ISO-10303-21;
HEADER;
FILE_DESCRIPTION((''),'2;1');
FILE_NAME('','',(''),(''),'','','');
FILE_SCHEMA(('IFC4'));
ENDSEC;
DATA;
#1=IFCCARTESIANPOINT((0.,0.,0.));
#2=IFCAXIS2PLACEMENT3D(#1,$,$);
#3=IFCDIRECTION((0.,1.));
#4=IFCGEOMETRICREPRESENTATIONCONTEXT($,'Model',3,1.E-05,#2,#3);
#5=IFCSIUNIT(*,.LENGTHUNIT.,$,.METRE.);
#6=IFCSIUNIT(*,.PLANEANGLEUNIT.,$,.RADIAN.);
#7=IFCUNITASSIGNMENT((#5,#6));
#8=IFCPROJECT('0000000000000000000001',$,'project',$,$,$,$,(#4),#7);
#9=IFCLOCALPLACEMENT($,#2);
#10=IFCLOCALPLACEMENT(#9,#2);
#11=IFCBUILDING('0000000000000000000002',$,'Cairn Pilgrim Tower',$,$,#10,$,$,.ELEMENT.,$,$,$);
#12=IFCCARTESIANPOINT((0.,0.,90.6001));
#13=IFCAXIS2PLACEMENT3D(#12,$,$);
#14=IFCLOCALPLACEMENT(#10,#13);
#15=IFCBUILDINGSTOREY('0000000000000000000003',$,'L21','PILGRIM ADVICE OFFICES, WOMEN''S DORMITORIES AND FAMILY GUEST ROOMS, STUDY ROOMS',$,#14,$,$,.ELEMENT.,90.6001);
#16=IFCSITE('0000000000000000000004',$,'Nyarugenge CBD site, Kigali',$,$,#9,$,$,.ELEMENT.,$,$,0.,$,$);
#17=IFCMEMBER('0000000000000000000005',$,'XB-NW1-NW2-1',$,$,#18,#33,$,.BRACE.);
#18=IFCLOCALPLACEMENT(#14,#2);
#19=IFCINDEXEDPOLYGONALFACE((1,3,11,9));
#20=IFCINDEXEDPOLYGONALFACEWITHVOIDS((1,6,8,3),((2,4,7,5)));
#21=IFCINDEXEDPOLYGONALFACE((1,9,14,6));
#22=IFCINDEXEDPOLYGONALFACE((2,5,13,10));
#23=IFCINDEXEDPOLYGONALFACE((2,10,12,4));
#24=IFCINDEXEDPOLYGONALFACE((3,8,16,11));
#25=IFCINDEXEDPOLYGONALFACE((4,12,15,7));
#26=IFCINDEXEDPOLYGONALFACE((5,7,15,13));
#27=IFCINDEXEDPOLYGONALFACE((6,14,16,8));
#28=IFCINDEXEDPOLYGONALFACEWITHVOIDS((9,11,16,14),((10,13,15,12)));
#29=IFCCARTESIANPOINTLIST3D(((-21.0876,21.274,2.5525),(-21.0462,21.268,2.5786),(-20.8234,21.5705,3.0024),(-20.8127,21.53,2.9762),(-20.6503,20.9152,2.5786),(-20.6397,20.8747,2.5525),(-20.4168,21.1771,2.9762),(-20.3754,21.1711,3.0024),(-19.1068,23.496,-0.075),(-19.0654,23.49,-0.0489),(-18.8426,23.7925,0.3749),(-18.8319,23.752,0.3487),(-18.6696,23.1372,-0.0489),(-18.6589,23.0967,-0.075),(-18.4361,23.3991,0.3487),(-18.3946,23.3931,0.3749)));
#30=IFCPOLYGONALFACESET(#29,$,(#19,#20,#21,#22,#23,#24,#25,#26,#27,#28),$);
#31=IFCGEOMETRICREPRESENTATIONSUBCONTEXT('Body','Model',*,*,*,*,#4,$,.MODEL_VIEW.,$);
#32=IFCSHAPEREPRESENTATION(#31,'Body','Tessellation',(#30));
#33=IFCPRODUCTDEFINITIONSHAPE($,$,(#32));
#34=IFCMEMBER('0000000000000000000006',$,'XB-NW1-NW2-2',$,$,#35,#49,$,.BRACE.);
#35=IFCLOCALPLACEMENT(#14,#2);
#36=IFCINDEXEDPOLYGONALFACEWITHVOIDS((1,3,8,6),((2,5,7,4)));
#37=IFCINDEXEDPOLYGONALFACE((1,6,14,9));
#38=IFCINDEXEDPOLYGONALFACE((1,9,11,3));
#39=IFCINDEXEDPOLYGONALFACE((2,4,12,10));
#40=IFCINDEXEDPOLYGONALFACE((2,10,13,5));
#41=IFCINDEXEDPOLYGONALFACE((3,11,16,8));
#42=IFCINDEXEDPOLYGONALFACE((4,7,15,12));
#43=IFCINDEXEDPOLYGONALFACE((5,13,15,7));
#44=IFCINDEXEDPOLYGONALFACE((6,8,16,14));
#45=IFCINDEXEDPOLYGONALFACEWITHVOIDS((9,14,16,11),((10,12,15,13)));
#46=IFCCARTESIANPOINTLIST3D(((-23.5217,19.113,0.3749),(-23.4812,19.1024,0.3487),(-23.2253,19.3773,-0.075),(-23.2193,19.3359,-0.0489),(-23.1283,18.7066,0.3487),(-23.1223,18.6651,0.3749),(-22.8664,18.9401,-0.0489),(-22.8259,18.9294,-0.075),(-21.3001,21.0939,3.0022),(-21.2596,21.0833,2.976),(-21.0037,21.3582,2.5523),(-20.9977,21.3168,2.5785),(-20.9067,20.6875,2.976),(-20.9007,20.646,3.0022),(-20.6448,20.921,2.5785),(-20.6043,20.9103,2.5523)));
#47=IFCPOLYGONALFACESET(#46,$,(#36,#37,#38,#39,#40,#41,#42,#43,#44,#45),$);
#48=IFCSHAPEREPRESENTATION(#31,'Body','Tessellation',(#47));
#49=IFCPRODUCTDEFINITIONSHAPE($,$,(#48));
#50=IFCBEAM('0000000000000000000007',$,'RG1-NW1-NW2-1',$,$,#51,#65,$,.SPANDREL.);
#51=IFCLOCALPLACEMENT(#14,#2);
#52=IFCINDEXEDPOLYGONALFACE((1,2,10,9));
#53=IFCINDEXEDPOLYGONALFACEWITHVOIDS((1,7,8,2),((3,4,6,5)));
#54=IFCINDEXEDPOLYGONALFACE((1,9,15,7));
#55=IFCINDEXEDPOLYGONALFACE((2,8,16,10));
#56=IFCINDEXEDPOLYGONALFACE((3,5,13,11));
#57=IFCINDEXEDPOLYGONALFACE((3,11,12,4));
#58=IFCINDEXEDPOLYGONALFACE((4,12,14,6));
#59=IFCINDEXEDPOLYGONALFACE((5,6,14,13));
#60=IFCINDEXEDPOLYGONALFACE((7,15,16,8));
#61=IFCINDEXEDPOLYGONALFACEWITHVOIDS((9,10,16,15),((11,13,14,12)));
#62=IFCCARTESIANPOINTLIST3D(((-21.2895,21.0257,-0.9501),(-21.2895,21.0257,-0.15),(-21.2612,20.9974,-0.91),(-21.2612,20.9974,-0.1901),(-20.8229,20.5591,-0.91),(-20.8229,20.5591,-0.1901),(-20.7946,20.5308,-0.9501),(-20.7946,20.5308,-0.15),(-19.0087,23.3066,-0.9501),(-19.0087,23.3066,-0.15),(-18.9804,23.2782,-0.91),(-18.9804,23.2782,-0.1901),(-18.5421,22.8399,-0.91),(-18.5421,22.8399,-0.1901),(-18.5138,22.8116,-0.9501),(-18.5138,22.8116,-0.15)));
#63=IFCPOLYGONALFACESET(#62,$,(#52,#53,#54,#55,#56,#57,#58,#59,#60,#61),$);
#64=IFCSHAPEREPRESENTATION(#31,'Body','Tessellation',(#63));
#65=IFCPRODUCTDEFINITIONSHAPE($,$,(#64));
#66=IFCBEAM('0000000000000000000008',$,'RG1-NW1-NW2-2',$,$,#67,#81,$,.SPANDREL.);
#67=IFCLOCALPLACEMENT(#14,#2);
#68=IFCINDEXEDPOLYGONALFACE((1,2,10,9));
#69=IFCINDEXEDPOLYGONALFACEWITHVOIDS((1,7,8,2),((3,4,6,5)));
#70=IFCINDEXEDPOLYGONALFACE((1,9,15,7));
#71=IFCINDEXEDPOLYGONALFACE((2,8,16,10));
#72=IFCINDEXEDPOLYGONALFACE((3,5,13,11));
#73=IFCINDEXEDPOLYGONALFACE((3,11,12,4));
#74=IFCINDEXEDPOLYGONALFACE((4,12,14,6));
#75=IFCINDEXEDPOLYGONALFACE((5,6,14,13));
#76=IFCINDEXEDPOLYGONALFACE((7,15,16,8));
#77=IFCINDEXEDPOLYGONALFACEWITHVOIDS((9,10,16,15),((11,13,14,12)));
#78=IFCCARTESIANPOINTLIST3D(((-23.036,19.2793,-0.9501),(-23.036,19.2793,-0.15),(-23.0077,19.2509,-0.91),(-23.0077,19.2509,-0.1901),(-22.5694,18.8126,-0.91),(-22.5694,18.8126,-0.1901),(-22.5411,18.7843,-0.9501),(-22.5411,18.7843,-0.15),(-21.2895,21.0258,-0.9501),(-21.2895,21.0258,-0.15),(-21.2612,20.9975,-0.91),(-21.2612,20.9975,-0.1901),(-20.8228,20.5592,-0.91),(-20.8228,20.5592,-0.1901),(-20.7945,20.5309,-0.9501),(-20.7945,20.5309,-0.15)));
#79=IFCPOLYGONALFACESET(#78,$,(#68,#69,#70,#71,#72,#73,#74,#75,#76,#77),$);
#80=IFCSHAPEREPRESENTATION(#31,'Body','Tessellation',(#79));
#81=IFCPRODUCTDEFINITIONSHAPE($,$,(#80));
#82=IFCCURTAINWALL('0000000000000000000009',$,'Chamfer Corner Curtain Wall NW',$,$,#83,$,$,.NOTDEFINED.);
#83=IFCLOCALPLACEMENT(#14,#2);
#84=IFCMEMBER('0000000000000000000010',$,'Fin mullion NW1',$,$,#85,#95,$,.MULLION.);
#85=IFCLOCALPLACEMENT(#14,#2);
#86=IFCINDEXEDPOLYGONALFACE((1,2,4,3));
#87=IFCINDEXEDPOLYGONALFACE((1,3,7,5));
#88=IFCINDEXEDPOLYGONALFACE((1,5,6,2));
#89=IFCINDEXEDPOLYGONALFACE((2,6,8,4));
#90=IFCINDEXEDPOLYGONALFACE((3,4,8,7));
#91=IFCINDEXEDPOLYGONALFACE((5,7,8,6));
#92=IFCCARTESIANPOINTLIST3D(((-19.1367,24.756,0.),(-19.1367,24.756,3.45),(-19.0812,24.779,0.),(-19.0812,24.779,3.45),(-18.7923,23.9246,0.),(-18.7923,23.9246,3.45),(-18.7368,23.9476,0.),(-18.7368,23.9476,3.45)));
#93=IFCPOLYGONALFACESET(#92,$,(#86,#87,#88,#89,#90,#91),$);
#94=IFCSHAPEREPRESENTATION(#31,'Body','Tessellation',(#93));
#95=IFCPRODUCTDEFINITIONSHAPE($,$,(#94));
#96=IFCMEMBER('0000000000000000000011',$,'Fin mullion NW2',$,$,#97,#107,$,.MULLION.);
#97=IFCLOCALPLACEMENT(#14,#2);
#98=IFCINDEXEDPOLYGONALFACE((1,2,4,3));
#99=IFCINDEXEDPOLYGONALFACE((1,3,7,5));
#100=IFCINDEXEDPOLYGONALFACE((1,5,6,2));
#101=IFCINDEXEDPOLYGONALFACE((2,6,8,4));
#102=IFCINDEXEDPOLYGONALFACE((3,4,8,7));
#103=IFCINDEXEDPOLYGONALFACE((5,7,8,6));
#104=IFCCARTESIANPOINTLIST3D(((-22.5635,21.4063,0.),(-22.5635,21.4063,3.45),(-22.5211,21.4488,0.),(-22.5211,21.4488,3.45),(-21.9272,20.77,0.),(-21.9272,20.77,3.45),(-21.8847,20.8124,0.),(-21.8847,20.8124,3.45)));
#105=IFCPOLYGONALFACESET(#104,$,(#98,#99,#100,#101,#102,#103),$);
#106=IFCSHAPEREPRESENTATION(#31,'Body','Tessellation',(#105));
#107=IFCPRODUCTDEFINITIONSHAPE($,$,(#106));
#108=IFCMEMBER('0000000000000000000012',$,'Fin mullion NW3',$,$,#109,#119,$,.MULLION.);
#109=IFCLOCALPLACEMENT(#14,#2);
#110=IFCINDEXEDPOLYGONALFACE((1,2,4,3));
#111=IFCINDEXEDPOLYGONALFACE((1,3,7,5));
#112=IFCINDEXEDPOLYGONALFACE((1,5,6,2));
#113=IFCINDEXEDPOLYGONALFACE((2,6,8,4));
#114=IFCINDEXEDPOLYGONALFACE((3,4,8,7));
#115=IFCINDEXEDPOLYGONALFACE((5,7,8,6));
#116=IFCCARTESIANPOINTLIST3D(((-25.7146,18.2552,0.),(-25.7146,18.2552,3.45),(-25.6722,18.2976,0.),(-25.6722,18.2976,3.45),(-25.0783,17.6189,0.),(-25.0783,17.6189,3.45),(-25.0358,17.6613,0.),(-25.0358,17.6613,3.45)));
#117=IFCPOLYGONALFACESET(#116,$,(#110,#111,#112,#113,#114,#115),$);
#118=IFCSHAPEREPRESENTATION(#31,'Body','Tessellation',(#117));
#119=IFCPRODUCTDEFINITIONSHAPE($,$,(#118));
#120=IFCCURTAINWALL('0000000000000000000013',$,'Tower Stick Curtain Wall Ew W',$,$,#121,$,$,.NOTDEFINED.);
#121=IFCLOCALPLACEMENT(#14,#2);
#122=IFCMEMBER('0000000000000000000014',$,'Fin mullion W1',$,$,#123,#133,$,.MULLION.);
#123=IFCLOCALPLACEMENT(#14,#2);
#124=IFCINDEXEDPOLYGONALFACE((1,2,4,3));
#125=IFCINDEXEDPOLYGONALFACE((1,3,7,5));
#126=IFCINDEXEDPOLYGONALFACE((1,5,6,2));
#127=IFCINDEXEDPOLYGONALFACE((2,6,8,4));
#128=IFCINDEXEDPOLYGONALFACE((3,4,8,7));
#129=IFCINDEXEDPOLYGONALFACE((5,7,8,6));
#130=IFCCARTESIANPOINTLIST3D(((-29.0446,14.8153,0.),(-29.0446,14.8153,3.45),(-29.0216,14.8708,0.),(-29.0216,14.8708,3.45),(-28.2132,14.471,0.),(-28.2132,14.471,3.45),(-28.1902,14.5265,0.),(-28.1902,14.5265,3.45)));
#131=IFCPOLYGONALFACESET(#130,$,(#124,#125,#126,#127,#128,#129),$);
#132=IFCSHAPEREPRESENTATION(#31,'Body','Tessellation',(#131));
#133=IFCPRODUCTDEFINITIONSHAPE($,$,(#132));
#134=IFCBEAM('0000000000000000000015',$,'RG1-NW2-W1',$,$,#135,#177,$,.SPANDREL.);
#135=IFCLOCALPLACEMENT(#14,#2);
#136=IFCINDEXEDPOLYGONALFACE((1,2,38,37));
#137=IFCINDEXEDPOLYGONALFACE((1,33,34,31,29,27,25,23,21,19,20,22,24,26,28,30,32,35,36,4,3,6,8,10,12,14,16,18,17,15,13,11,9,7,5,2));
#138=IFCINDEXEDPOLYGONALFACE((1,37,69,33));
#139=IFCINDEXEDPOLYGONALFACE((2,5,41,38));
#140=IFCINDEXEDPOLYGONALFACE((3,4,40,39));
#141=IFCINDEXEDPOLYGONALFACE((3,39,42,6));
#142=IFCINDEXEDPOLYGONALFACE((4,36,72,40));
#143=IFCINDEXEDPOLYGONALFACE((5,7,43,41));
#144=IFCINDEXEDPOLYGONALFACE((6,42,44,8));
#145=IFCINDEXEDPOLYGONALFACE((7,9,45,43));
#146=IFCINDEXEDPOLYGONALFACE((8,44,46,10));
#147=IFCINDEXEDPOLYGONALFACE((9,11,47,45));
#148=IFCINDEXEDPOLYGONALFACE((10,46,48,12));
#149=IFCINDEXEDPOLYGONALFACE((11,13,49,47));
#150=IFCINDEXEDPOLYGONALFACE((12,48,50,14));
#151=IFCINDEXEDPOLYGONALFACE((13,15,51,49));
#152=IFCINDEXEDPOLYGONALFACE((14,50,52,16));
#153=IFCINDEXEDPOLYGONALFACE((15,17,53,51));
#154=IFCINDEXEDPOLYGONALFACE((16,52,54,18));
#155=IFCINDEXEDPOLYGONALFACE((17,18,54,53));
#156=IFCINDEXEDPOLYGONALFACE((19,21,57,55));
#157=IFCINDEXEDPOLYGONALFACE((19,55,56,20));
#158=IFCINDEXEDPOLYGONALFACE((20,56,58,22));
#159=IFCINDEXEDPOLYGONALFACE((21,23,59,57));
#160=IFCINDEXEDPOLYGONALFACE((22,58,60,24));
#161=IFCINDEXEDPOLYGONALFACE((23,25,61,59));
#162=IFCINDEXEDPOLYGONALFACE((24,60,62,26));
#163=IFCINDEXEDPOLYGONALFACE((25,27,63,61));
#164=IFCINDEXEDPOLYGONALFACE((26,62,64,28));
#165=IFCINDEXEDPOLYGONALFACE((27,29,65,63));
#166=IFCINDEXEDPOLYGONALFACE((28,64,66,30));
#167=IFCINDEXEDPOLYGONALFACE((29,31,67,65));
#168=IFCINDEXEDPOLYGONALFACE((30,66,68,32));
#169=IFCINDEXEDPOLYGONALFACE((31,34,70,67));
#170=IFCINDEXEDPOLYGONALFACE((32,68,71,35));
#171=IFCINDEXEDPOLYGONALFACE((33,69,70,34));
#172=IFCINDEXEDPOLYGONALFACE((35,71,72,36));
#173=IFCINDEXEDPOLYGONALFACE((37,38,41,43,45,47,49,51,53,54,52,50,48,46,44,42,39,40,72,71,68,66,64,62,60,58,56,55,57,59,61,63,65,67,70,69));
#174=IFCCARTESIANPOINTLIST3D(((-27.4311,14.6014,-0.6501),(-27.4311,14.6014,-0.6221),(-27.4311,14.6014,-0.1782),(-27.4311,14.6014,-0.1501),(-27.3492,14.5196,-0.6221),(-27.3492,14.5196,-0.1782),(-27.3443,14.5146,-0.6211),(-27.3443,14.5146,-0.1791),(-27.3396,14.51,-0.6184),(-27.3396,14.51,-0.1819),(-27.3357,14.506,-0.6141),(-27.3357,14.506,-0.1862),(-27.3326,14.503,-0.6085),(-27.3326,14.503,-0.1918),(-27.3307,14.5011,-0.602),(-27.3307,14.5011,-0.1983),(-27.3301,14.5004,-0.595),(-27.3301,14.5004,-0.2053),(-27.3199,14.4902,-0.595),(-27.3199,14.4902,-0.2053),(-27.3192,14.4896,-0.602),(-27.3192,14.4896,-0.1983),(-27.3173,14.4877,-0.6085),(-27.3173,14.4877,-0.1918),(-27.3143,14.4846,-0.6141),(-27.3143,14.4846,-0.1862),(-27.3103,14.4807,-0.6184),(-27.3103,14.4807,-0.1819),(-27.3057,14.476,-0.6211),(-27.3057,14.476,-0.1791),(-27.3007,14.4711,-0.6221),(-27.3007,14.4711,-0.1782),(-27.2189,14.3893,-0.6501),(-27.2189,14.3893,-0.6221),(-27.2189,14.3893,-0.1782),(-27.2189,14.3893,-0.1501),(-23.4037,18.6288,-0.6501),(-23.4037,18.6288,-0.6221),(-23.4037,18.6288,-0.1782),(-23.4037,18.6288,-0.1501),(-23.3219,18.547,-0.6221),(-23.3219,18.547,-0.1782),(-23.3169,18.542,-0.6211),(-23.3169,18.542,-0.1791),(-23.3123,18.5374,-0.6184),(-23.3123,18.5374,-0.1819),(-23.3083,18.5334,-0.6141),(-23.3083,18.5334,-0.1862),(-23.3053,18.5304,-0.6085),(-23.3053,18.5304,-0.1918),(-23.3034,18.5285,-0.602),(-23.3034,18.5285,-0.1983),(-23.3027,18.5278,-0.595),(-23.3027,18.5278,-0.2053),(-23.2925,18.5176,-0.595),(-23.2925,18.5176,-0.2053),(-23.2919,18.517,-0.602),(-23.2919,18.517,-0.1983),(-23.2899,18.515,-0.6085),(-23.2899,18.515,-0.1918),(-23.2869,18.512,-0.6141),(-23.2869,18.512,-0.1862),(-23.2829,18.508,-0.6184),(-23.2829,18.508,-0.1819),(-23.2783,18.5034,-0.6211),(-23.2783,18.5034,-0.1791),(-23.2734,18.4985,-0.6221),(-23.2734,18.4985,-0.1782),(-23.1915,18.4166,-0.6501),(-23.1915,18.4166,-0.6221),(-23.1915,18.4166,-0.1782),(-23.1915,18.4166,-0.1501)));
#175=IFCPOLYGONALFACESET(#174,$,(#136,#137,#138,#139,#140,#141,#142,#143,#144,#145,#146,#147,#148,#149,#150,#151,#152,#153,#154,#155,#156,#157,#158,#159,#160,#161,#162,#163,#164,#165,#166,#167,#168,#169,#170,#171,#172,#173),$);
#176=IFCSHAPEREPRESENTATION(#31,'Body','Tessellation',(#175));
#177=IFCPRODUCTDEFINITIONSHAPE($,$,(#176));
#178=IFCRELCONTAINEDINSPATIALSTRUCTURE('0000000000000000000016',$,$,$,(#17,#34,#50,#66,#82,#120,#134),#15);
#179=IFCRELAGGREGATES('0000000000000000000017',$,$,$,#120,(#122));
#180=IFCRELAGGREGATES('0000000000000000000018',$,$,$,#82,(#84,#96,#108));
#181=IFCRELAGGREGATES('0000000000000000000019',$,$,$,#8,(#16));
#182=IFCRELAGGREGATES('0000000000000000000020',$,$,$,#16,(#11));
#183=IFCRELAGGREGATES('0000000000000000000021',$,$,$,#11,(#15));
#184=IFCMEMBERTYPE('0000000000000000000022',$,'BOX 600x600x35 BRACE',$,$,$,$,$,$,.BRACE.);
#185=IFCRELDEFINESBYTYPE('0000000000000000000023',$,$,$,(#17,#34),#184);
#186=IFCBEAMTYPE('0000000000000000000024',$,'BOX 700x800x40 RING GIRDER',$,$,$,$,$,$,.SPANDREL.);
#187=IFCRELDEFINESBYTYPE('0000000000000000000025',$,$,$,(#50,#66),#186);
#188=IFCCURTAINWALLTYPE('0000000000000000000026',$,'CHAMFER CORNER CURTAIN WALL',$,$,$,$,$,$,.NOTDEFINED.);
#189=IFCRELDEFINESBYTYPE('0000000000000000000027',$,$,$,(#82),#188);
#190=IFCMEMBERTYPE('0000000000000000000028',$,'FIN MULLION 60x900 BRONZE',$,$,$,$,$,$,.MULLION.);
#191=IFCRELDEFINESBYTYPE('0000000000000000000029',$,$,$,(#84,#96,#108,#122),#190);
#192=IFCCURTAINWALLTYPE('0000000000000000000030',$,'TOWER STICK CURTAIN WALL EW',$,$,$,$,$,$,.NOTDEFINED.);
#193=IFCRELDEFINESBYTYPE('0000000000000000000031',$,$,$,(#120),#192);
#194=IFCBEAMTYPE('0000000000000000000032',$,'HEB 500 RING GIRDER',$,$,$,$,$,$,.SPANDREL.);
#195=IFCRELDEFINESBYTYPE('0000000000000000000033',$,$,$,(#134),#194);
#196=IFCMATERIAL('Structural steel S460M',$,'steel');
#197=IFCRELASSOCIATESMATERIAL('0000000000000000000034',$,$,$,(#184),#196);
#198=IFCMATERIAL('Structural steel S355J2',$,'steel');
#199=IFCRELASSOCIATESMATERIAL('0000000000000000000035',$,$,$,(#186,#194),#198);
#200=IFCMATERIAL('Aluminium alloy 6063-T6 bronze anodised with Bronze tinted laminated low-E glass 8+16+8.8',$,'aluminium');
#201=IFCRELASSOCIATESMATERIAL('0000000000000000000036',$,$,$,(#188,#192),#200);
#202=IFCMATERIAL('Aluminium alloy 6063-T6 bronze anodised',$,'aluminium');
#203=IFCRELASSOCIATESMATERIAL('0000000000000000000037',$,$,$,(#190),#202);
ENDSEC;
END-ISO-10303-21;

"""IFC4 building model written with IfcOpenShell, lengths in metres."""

from ifc_helpers import new_model, si_unit, direction, frame, origin, origin_2d, place, context, subcontext, project, spatial, rectangle, hollow_rectangle, i_section, extrude, material, material_profile, profile_set, type_object, element, aggregate, save


model = new_model("IFC4")

# Units and contexts
model_context = context("Model", 3, precision=1e-05, world=origin(), true_north=direction((0.0, 1.0)))
body_context = subcontext(model_context, "Body", "Model", "MODEL_VIEW")
ifc_project = project(units=[si_unit("LENGTHUNIT", "METRE"), si_unit("PLANEANGLEUNIT", "RADIAN")], contexts=[model_context])

# Site, building, storey
site_placement = place(None, origin())
site = spatial("IfcSite", under=ifc_project, at=site_placement, Name="Nyarugenge CBD site, Kigali", CompositionType="ELEMENT", RefElevation=0.0)
building_placement = place(site_placement, origin())
building = spatial("IfcBuilding", under=site, at=building_placement, Name="Cairn Pilgrim Tower", CompositionType="ELEMENT")
storey_placement = place(building_placement, frame((0.0, 0.0, 90.6001)))
storey = spatial("IfcBuildingStorey", under=building, at=storey_placement, Name="L21", Description="PILGRIM ADVICE OFFICES, WOMEN'S DORMITORIES AND FAMILY GUEST ROOMS, STUDY ROOMS", CompositionType="ELEMENT", Elevation=90.6001)

# Shared definitions
ifc_material_1 = material(Name="Structural steel S460M", Category="steel")

# Members
ifc_material_profile_1 = material_profile(ifc_material_1, hollow_rectangle(XDim=0.6001, YDim=0.6001, WallThickness=0.0349, at=origin_2d()), Name="BOX 600x600x35")
ifc_profile_set_1 = profile_set([ifc_material_profile_1], Name="Structural steel S460M")
member_type_1 = type_object("IfcMemberType", Name="BOX 600x600x35 BRACE", PredefinedType="BRACE", material=ifc_profile_set_1)
member_1_placement = place(storey_placement, frame((-18.7507, 23.4446, 0.1499), z_axis=(-0.498877, -0.55963, 0.661767), x_axis=(0.746463, -0.665427, 0.0)))
element("IfcMember", 1, at=member_1_placement, inside=storey, type_object=member_type_1, Name="XB-NW1-NW2-1", PredefinedType="BRACE", context=body_context, shape_type="SweptSolid", body=[
    extrude(hollow_rectangle(XDim=0.6001, YDim=0.6001, WallThickness=0.0349, at=origin_2d()), origin(), (0.0, 0.0, 1.0), 3.9705),
])
member_2_placement = place(storey_placement, frame((-23.1738, 19.0212, 0.1499), z_axis=(0.559571, 0.49894, 0.661769), x_axis=(-0.665514, 0.746386, 0.0)))
element("IfcMember", 2, at=member_2_placement, inside=storey, type_object=member_type_1, Name="XB-NW1-NW2-2", PredefinedType="BRACE", context=body_context, shape_type="SweptSolid", body=[
    extrude(hollow_rectangle(XDim=0.6001, YDim=0.6001, WallThickness=0.0349, at=origin_2d()), origin(), (0.0, 0.0, 1.0), 3.9702),
])

# Beams
ifc_material_2 = material(Name="Structural steel S355J2", Category="steel")
ifc_material_profile_2 = material_profile(ifc_material_2, hollow_rectangle(XDim=0.7, YDim=0.8, WallThickness=0.04, at=origin_2d()), Name="BOX 700x800x40")
ifc_profile_set_2 = profile_set([ifc_material_profile_2], Name="Structural steel S355J2")
beam_type_1 = type_object("IfcBeamType", Name="BOX 700x800x40 RING GIRDER", PredefinedType="SPANDREL", material=ifc_profile_set_2)
beam_1_placement = place(storey_placement, frame((-18.7612, 23.0591, -0.55), z_axis=(-0.707107, -0.707107, 0.0), x_axis=(0.707107, -0.707107, 0.0)))
element("IfcBeam", 3, at=beam_1_placement, inside=storey, type_object=beam_type_1, Name="RG1-NW1-NW2-1", PredefinedType="SPANDREL", context=body_context, shape_type="SweptSolid", body=[
    extrude(hollow_rectangle(XDim=0.7, YDim=0.8, WallThickness=0.04, at=origin_2d()), origin(), (0.0, 0.0, 1.0), 3.2256),
])
beam_2_placement = place(storey_placement, frame((-21.042, 20.7783, -0.55), z_axis=(-0.707107, -0.707107, 0.0), x_axis=(0.707107, -0.707107, 0.0)))
element("IfcBeam", 4, at=beam_2_placement, inside=storey, type_object=beam_type_1, Name="RG1-NW1-NW2-2", PredefinedType="SPANDREL", context=body_context, shape_type="SweptSolid", body=[
    extrude(hollow_rectangle(XDim=0.7, YDim=0.8, WallThickness=0.04, at=origin_2d()), origin(), (0.0, 0.0, 1.0), 2.47),
])

# Curtain wall, members
ifc_material_3 = material(Name="Aluminium alloy 6063-T6 bronze anodised with Bronze tinted laminated low-E glass 8+16+8.8", Category="aluminium")
curtain_wall_type_1 = type_object("IfcCurtainWallType", Name="CHAMFER CORNER CURTAIN WALL", PredefinedType="NOTDEFINED", material=ifc_material_3)
curtain_wall_1_placement = place(storey_placement, origin())
curtain_wall_1 = element("IfcCurtainWall", 5, at=curtain_wall_1_placement, inside=storey, type_object=curtain_wall_type_1, Name="Chamfer Corner Curtain Wall NW", PredefinedType="NOTDEFINED")
ifc_material_4 = material(Name="Aluminium alloy 6063-T6 bronze anodised", Category="aluminium")
ifc_material_profile_3 = material_profile(ifc_material_4, rectangle(XDim=0.8999, YDim=0.0601, at=origin_2d()), Name="FIN MULLION 60x900 BRONZE")
ifc_profile_set_3 = profile_set([ifc_material_profile_3], Name="Aluminium alloy 6063-T6 bronze anodised")
member_type_2 = type_object("IfcMemberType", Name="FIN MULLION 60x900 BRONZE", PredefinedType="MULLION", material=ifc_profile_set_3)
member_3_placement = place(storey_placement, frame((-18.9368, 24.3518, 0.0), z_axis=(0.0, 0.0, 1.0), x_axis=(-0.382683, 0.92388, 0.0)))
member_3 = element("IfcMember", 6, at=member_3_placement, type_object=member_type_2, Name="Fin mullion NW1", PredefinedType="MULLION", context=body_context, shape_type="SweptSolid", body=[
    extrude(rectangle(XDim=0.8999, YDim=0.0601, at=origin_2d()), origin(), (0.0, 0.0, 1.0), 3.45),
])
member_4_placement = place(storey_placement, frame((-22.2241, 21.1094, 0.0), z_axis=(0.0, 0.0, 1.0), x_axis=(-0.707107, 0.707107, 0.0)))
member_4 = element("IfcMember", 7, at=member_4_placement, type_object=member_type_2, Name="Fin mullion NW2", PredefinedType="MULLION", context=body_context, shape_type="SweptSolid", body=[
    extrude(rectangle(XDim=0.8999, YDim=0.0601, at=origin_2d()), origin(), (0.0, 0.0, 1.0), 3.45),
])
member_5_placement = place(storey_placement, frame((-25.3752, 17.9583, 0.0), z_axis=(0.0, 0.0, 1.0), x_axis=(-0.707107, 0.707107, 0.0)))
member_5 = element("IfcMember", 8, at=member_5_placement, type_object=member_type_2, Name="Fin mullion NW3", PredefinedType="MULLION", context=body_context, shape_type="SweptSolid", body=[
    extrude(rectangle(XDim=0.8999, YDim=0.0601, at=origin_2d()), origin(), (0.0, 0.0, 1.0), 3.45),
])

# Curtain wall, member
curtain_wall_type_2 = type_object("IfcCurtainWallType", Name="TOWER STICK CURTAIN WALL EW", PredefinedType="NOTDEFINED", material=ifc_material_3)
curtain_wall_2_placement = place(storey_placement, origin())
curtain_wall_2 = element("IfcCurtainWall", 9, at=curtain_wall_2_placement, inside=storey, type_object=curtain_wall_type_2, Name="Tower Stick Curtain Wall Ew W", PredefinedType="NOTDEFINED")
member_6_placement = place(storey_placement, frame((-28.6174, 14.6709, 0.0), z_axis=(0.0, 0.0, 1.0), x_axis=(-0.92388, 0.382683, 0.0)))
member_6 = element("IfcMember", 10, at=member_6_placement, type_object=member_type_2, Name="Fin mullion W1", PredefinedType="MULLION", context=body_context, shape_type="SweptSolid", body=[
    extrude(rectangle(XDim=0.8999, YDim=0.0601, at=origin_2d()), origin(), (0.0, 0.0, 1.0), 3.45),
])

# Beam
ifc_material_profile_4 = material_profile(ifc_material_2, i_section(OverallWidth=0.3, OverallDepth=0.5, WebThickness=0.0144, FlangeThickness=0.0281, FilletRadius=0.0271, at=origin_2d()), Name="HEB 500")
ifc_profile_set_4 = profile_set([ifc_material_profile_4], Name="Structural steel S355J2")
beam_type_2 = type_object("IfcBeamType", Name="HEB 500 RING GIRDER", PredefinedType="SPANDREL", material=ifc_profile_set_4)
beam_3_placement = place(storey_placement, frame((-23.2976, 18.5227, -0.4001), z_axis=(-0.707107, -0.707107, 0.0), x_axis=(0.707107, -0.707107, 0.0)))
element("IfcBeam", 11, at=beam_3_placement, inside=storey, type_object=beam_type_2, Name="RG1-NW2-W1", PredefinedType="SPANDREL", context=body_context, shape_type="SweptSolid", body=[
    extrude(i_section(OverallWidth=0.3, OverallDepth=0.5, WebThickness=0.0144, FlangeThickness=0.0281, FilletRadius=0.0271, at=origin_2d()), origin(), (0.0, 0.0, 1.0), 5.6956),
])

aggregate(curtain_wall_2, [member_6])

aggregate(curtain_wall_1, [member_3, member_4, member_5])

save(model, "model.ifc")
